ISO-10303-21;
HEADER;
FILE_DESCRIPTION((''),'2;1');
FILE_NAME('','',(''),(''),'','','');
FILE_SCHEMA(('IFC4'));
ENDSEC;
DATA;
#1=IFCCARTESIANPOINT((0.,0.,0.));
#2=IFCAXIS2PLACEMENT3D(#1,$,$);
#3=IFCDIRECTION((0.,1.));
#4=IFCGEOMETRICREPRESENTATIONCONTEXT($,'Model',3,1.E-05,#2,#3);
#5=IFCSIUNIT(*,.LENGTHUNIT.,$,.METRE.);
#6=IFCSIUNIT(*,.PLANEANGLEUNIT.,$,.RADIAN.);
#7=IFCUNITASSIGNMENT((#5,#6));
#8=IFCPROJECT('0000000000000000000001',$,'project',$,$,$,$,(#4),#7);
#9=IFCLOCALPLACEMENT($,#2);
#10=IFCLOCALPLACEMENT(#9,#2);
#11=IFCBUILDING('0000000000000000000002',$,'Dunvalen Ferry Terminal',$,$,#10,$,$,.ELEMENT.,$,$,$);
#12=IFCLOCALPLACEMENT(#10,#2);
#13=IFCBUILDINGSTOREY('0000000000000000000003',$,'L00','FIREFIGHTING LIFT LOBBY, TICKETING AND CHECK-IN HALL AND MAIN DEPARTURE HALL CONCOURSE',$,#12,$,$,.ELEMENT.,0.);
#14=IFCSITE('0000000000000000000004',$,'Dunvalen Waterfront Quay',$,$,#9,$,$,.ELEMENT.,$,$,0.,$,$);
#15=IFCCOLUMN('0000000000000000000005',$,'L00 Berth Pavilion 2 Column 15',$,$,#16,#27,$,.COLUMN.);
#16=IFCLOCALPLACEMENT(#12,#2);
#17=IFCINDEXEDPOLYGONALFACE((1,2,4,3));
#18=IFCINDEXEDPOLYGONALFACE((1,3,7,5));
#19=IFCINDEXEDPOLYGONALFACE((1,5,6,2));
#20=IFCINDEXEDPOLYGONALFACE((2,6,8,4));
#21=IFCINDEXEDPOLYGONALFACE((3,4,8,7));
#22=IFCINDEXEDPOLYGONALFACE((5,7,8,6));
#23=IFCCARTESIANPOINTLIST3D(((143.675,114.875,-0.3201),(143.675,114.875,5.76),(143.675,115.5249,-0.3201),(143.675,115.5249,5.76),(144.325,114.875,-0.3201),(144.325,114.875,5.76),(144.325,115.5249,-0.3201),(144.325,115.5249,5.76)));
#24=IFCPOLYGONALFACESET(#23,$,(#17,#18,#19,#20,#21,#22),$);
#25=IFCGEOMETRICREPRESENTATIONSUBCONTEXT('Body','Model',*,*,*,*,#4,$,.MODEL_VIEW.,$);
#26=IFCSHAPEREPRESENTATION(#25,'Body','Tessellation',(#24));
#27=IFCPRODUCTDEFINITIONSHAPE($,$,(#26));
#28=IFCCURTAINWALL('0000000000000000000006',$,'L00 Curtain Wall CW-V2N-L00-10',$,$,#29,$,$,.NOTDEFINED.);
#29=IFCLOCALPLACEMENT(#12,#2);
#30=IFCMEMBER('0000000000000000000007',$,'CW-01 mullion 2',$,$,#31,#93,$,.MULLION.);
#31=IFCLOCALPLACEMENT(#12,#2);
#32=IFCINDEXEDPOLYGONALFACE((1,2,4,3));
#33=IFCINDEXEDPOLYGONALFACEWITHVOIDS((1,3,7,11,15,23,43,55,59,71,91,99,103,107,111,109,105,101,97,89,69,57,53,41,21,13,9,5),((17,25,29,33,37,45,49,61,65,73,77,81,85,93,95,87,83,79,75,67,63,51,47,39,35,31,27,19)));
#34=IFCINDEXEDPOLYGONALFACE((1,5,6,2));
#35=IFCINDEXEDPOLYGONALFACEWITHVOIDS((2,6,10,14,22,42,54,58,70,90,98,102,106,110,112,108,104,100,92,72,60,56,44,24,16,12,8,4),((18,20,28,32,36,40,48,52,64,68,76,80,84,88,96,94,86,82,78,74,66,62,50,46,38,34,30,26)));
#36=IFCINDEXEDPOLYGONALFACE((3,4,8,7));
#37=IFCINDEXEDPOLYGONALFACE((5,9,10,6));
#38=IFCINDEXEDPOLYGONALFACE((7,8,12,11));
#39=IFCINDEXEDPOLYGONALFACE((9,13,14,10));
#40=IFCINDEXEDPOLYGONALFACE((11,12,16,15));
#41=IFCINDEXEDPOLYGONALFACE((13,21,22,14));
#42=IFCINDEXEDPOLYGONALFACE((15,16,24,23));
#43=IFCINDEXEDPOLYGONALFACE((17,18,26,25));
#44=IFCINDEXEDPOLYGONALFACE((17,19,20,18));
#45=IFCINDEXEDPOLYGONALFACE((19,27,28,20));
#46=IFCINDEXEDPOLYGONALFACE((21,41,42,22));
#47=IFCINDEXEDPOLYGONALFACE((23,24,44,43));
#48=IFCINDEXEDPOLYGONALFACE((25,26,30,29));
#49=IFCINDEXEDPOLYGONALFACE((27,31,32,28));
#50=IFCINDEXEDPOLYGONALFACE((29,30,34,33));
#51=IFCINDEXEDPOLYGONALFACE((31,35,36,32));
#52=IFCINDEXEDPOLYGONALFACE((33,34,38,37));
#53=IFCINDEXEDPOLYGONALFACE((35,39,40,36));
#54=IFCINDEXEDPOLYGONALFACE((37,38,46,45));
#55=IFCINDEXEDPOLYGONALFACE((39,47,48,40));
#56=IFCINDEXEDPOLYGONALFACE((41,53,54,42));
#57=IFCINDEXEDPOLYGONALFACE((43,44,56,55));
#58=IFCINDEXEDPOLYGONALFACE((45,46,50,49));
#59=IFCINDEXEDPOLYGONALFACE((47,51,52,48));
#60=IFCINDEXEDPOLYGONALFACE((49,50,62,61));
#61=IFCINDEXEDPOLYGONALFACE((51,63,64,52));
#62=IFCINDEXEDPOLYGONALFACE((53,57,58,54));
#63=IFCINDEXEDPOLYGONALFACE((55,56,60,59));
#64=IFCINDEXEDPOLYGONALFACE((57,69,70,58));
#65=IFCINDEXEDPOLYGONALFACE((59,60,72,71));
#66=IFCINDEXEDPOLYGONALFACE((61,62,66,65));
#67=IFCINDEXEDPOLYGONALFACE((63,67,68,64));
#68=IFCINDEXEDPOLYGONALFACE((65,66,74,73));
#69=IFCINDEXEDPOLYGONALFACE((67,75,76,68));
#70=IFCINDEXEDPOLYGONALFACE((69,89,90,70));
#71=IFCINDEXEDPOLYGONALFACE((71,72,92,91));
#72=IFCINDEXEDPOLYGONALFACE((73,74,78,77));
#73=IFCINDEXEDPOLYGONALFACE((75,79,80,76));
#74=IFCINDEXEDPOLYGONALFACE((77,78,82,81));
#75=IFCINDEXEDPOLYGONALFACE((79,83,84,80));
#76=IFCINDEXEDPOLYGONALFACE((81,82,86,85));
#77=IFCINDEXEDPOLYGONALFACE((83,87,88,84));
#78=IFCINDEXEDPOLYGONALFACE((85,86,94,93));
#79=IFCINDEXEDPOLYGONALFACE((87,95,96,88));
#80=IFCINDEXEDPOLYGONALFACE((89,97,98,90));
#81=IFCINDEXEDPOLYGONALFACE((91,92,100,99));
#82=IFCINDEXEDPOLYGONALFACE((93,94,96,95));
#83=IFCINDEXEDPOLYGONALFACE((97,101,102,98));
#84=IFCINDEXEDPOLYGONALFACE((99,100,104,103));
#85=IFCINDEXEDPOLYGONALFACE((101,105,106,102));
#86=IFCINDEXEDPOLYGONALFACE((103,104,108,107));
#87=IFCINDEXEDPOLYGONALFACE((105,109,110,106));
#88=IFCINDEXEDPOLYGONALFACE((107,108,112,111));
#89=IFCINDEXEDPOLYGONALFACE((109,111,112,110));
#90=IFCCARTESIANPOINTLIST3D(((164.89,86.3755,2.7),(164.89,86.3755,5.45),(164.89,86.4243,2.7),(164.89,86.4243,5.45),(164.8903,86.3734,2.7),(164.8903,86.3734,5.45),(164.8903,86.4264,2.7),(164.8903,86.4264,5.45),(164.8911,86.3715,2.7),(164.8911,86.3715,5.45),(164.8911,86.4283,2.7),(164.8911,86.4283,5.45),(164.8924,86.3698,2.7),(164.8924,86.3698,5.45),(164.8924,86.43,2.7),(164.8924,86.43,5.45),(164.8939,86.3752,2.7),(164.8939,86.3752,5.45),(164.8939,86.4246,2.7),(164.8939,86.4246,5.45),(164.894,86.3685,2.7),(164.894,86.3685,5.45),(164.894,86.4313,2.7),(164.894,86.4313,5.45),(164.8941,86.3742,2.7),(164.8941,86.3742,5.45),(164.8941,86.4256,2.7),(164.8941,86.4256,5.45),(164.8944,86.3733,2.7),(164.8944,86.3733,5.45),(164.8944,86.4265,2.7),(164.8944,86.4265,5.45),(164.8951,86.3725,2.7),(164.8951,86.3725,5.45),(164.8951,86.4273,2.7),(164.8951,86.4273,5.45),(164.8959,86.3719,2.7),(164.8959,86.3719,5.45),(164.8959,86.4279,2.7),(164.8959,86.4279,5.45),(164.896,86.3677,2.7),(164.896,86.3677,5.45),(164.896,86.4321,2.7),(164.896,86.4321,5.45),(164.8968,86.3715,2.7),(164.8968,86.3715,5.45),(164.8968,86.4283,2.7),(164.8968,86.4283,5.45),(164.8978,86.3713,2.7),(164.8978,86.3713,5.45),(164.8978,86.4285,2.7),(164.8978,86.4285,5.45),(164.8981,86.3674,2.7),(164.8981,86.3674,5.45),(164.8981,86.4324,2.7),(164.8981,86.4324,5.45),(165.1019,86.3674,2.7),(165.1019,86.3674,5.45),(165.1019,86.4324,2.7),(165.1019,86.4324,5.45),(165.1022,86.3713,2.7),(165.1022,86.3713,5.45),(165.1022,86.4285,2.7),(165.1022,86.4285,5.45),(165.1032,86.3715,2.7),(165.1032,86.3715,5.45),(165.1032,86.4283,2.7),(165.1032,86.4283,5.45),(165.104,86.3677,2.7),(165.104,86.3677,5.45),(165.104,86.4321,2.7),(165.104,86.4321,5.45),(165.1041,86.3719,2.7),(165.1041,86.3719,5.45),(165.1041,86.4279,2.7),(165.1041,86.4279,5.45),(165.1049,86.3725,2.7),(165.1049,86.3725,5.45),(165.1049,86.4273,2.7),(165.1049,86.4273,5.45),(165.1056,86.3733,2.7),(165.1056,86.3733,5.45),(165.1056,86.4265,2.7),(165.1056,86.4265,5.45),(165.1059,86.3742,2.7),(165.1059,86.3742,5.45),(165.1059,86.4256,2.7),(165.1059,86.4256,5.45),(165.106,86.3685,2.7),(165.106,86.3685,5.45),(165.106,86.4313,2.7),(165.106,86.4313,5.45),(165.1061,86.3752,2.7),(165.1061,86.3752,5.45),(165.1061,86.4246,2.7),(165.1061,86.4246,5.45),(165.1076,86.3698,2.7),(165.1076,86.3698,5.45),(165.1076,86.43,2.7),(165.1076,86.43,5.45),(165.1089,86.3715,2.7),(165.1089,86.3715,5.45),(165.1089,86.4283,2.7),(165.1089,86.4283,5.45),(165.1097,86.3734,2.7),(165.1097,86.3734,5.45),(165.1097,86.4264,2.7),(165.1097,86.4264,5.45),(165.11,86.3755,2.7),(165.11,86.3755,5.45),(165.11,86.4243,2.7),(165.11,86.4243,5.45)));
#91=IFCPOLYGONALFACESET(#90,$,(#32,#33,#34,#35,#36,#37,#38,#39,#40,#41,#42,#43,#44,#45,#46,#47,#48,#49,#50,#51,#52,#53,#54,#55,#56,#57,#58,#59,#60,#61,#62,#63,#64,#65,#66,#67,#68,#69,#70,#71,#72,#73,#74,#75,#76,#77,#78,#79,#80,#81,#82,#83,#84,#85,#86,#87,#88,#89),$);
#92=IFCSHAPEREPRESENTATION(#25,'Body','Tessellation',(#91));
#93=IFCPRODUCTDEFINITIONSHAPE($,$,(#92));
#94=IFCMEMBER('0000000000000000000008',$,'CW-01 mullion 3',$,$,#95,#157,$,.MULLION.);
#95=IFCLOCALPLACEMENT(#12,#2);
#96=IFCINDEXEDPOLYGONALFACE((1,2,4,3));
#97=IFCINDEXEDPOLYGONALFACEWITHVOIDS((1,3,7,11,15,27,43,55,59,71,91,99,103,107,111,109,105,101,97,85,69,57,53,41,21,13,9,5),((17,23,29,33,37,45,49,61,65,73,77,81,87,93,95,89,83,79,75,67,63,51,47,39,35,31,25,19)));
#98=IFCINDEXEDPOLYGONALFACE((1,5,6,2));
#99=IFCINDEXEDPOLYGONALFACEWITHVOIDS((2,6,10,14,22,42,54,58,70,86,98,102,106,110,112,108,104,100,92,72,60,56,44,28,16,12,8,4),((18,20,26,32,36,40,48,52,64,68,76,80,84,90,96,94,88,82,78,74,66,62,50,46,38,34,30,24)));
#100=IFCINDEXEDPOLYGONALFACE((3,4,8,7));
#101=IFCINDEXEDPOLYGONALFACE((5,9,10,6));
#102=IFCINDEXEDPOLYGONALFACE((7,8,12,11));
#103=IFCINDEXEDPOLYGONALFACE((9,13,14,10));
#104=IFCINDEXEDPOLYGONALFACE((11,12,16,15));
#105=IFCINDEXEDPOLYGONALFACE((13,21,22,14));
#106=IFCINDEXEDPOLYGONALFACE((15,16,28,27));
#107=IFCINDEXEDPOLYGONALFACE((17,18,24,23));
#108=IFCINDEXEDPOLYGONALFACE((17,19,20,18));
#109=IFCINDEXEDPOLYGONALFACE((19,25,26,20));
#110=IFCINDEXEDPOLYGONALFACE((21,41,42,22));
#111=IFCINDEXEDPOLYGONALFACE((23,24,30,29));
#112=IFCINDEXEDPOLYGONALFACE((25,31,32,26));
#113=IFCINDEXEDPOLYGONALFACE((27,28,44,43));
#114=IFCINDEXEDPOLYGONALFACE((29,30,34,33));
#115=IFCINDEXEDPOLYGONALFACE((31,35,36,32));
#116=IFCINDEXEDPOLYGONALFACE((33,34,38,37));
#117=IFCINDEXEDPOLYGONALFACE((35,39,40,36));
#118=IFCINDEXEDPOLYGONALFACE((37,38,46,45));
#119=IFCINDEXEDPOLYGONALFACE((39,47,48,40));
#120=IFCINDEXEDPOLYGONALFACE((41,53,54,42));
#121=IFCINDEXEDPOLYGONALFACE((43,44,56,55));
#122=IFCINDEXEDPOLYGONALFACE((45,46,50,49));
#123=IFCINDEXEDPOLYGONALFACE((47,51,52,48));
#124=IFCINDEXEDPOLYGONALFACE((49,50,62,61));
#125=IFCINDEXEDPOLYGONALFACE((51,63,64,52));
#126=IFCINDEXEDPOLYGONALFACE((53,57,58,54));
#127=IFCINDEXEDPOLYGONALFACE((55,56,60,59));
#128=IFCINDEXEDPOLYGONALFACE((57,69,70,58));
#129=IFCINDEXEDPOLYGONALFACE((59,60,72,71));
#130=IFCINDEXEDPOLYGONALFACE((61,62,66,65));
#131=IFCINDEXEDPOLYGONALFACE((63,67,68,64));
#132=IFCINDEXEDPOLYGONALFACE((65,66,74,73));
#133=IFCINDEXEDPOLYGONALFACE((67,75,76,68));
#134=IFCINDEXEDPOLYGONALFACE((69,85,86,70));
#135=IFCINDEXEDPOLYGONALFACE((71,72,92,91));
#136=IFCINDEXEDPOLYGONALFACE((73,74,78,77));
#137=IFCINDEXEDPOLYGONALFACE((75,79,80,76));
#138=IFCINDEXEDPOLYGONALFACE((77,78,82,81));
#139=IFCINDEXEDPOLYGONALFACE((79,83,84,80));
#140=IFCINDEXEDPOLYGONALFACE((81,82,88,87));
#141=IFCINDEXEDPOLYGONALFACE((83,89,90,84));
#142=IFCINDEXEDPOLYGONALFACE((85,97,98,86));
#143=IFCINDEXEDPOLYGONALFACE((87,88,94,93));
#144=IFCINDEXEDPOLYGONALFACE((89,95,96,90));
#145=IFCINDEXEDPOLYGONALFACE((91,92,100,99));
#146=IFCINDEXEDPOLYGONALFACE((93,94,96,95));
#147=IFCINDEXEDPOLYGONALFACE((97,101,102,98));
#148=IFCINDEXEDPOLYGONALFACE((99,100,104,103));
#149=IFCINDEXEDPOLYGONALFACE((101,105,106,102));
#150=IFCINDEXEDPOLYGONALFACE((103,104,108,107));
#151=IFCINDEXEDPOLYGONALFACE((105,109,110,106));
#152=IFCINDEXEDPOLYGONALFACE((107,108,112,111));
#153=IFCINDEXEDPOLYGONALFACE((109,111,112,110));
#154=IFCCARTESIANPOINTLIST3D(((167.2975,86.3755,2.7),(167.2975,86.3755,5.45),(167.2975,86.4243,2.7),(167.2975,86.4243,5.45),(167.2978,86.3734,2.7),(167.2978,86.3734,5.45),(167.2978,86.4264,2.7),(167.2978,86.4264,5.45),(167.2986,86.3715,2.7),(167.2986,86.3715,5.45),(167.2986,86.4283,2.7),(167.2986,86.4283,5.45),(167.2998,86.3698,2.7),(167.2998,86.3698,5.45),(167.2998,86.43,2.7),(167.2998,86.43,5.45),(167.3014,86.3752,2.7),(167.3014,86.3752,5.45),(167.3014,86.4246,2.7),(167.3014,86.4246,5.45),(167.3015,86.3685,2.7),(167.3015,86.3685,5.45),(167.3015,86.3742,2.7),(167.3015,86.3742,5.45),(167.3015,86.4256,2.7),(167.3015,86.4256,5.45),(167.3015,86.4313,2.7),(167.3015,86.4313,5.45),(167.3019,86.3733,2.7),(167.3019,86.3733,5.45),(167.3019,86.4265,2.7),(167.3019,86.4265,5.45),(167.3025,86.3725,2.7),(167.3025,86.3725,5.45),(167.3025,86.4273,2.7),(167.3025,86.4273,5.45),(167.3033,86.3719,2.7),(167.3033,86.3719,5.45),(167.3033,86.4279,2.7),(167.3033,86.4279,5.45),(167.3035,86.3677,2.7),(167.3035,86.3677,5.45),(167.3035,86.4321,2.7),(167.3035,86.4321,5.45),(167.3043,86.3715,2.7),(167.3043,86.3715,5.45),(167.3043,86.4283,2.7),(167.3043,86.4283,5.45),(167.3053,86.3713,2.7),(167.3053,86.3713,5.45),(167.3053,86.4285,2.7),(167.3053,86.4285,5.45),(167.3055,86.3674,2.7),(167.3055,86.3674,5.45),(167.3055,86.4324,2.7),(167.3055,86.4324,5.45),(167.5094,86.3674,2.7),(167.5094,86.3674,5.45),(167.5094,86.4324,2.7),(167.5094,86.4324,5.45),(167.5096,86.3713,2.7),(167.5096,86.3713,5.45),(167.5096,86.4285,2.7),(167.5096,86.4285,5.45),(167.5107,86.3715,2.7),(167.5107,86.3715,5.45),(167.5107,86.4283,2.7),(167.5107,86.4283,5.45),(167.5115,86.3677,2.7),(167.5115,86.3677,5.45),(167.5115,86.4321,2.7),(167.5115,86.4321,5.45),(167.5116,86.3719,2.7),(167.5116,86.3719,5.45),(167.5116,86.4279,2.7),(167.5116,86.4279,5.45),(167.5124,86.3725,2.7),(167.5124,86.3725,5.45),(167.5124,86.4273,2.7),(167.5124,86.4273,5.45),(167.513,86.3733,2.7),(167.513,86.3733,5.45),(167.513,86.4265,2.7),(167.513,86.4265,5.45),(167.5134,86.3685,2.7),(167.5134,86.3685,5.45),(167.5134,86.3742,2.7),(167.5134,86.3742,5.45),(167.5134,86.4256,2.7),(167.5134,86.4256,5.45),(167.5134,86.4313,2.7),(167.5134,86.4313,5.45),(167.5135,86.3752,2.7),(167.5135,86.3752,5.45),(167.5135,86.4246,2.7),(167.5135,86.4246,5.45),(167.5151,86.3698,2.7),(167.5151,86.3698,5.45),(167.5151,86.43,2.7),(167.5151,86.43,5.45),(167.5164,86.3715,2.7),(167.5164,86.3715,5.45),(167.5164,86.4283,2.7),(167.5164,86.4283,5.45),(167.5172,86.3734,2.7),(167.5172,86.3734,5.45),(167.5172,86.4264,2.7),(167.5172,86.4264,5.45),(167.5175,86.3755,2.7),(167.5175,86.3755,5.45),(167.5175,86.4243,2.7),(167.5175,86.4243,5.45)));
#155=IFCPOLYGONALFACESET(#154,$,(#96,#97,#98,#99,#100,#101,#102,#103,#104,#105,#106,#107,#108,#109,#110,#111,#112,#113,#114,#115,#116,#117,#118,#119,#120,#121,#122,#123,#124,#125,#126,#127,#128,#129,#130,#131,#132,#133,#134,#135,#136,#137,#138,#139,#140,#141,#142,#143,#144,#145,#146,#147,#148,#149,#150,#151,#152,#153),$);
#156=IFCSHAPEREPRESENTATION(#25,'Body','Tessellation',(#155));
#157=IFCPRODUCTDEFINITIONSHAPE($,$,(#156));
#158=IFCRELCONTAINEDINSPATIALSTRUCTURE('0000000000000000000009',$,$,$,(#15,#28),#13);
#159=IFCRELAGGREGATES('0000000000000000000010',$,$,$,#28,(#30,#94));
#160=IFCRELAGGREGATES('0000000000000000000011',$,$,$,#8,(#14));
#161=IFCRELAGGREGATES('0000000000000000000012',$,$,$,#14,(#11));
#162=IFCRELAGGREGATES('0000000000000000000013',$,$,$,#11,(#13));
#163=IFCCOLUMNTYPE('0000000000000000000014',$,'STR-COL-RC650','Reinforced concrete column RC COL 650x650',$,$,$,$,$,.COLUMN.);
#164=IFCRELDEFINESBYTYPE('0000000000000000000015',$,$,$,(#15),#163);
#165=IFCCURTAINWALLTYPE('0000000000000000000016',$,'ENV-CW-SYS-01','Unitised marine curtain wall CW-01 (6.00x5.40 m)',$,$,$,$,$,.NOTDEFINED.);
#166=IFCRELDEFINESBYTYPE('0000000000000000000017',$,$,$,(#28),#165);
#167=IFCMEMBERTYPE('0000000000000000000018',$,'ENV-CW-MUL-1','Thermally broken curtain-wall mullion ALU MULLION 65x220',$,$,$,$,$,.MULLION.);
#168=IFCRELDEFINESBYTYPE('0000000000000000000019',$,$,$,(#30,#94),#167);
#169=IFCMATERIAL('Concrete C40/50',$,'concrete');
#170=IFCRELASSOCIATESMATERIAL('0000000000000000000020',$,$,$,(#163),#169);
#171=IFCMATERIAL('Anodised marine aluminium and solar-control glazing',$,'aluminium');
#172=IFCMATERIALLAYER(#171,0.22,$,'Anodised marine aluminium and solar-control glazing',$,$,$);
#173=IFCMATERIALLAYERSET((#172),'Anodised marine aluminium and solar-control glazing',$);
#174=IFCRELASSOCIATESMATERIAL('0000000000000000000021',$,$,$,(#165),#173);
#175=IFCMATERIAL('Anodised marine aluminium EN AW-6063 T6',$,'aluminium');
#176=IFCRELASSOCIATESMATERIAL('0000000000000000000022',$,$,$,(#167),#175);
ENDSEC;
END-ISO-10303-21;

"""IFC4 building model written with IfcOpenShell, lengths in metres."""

from ifc_helpers import new_model, si_unit, direction, frame, origin, origin_2d, place, context, subcontext, project, spatial, rectangle, hollow_rectangle, extrude, material, layer, layer_set, material_profile, profile_set, type_object, element, aggregate, save


model = new_model("IFC4")

# Units and contexts
model_context = context("Model", 3, precision=1e-05, world=origin(), true_north=direction((0.0, 1.0)))
body_context = subcontext(model_context, "Body", "Model", "MODEL_VIEW")
ifc_project = project(units=[si_unit("LENGTHUNIT", "METRE"), si_unit("PLANEANGLEUNIT", "RADIAN")], contexts=[model_context])

# Site, building, storey
site_placement = place(None, origin())
site = spatial("IfcSite", under=ifc_project, at=site_placement, Name="Dunvalen Waterfront Quay", CompositionType="ELEMENT", RefElevation=0.0)
building_placement = place(site_placement, origin())
building = spatial("IfcBuilding", under=site, at=building_placement, Name="Dunvalen Ferry Terminal", CompositionType="ELEMENT")
storey_placement = place(building_placement, origin())
storey = spatial("IfcBuildingStorey", under=building, at=storey_placement, Name="L00", Description="FIREFIGHTING LIFT LOBBY, TICKETING AND CHECK-IN HALL AND MAIN DEPARTURE HALL CONCOURSE", CompositionType="ELEMENT", Elevation=0.0)

# Shared definitions
ifc_material_1 = material(Name="Concrete C40/50", Category="concrete")

# Column
ifc_material_profile_1 = material_profile(ifc_material_1, rectangle(XDim=0.6499, YDim=0.6499, at=origin_2d()), Name="Concrete C40/50")
ifc_profile_set_1 = profile_set([ifc_material_profile_1], Name="Concrete C40/50")
column_type_1 = type_object("IfcColumnType", Name="STR-COL-RC650", Description="Reinforced concrete column RC COL 650x650", PredefinedType="COLUMN", material=ifc_profile_set_1)
column_1_placement = place(storey_placement, frame((144.0, 115.2, -0.3201), z_axis=(0.0, 0.0, 1.0), x_axis=(1.0, 0.0, 0.0)))
element("IfcColumn", 1, at=column_1_placement, inside=storey, type_object=column_type_1, Name="L00 Berth Pavilion 2 Column 15", PredefinedType="COLUMN", context=body_context, shape_type="SweptSolid", body=[
    extrude(rectangle(XDim=0.6499, YDim=0.6499, at=origin_2d()), origin(), (0.0, 0.0, 1.0), 6.0801),
])

# Curtain wall, members
ifc_material_2 = material(Name="Anodised marine aluminium and solar-control glazing", Category="aluminium")
ifc_layer_1 = layer(ifc_material_2, 0.22, Name="Anodised marine aluminium and solar-control glazing")
ifc_layer_set_1 = layer_set([ifc_layer_1], Name="Anodised marine aluminium and solar-control glazing")
curtain_wall_type = type_object("IfcCurtainWallType", Name="ENV-CW-SYS-01", Description="Unitised marine curtain wall CW-01 (6.00x5.40 m)", PredefinedType="NOTDEFINED", material=ifc_layer_set_1)
curtain_wall_placement = place(storey_placement, origin())
curtain_wall = element("IfcCurtainWall", 2, at=curtain_wall_placement, inside=storey, type_object=curtain_wall_type, Name="L00 Curtain Wall CW-V2N-L00-10", PredefinedType="NOTDEFINED")
ifc_material_3 = material(Name="Anodised marine aluminium EN AW-6063 T6", Category="aluminium")
ifc_material_profile_2 = material_profile(ifc_material_3, hollow_rectangle(XDim=0.0649, YDim=0.22, WallThickness=0.0039, InnerFilletRadius=0.0039, OuterFilletRadius=0.0081, at=origin_2d()), Name="Anodised marine aluminium EN AW-6063 T6")
ifc_profile_set_2 = profile_set([ifc_material_profile_2], Name="Anodised marine aluminium EN AW-6063 T6")
member_type_1 = type_object("IfcMemberType", Name="ENV-CW-MUL-1", Description="Thermally broken curtain-wall mullion ALU MULLION 65x220", PredefinedType="MULLION", material=ifc_profile_set_2)
member_1_placement = place(storey_placement, frame((165.0, 86.3999, 2.7), z_axis=(0.0, 0.0, 1.0), x_axis=(0.0, 1.0, 0.0)))
member_1 = element("IfcMember", 3, at=member_1_placement, type_object=member_type_1, Name="CW-01 mullion 2", PredefinedType="MULLION", context=body_context, shape_type="SweptSolid", body=[
    extrude(hollow_rectangle(XDim=0.0649, YDim=0.22, WallThickness=0.0039, InnerFilletRadius=0.0039, OuterFilletRadius=0.0081, at=origin_2d()), origin(), (0.0, 0.0, 1.0), 2.75),
])
member_2_placement = place(storey_placement, frame((167.4075, 86.3999, 2.7), z_axis=(0.0, 0.0, 1.0), x_axis=(0.0, 1.0, 0.0)))
member_2 = element("IfcMember", 4, at=member_2_placement, type_object=member_type_1, Name="CW-01 mullion 3", PredefinedType="MULLION", context=body_context, shape_type="SweptSolid", body=[
    extrude(hollow_rectangle(XDim=0.0649, YDim=0.22, WallThickness=0.0039, InnerFilletRadius=0.0039, OuterFilletRadius=0.0081, at=origin_2d()), origin(), (0.0, 0.0, 1.0), 2.75),
])
aggregate(curtain_wall, [member_1, member_2])

save(model, "model.ifc")
